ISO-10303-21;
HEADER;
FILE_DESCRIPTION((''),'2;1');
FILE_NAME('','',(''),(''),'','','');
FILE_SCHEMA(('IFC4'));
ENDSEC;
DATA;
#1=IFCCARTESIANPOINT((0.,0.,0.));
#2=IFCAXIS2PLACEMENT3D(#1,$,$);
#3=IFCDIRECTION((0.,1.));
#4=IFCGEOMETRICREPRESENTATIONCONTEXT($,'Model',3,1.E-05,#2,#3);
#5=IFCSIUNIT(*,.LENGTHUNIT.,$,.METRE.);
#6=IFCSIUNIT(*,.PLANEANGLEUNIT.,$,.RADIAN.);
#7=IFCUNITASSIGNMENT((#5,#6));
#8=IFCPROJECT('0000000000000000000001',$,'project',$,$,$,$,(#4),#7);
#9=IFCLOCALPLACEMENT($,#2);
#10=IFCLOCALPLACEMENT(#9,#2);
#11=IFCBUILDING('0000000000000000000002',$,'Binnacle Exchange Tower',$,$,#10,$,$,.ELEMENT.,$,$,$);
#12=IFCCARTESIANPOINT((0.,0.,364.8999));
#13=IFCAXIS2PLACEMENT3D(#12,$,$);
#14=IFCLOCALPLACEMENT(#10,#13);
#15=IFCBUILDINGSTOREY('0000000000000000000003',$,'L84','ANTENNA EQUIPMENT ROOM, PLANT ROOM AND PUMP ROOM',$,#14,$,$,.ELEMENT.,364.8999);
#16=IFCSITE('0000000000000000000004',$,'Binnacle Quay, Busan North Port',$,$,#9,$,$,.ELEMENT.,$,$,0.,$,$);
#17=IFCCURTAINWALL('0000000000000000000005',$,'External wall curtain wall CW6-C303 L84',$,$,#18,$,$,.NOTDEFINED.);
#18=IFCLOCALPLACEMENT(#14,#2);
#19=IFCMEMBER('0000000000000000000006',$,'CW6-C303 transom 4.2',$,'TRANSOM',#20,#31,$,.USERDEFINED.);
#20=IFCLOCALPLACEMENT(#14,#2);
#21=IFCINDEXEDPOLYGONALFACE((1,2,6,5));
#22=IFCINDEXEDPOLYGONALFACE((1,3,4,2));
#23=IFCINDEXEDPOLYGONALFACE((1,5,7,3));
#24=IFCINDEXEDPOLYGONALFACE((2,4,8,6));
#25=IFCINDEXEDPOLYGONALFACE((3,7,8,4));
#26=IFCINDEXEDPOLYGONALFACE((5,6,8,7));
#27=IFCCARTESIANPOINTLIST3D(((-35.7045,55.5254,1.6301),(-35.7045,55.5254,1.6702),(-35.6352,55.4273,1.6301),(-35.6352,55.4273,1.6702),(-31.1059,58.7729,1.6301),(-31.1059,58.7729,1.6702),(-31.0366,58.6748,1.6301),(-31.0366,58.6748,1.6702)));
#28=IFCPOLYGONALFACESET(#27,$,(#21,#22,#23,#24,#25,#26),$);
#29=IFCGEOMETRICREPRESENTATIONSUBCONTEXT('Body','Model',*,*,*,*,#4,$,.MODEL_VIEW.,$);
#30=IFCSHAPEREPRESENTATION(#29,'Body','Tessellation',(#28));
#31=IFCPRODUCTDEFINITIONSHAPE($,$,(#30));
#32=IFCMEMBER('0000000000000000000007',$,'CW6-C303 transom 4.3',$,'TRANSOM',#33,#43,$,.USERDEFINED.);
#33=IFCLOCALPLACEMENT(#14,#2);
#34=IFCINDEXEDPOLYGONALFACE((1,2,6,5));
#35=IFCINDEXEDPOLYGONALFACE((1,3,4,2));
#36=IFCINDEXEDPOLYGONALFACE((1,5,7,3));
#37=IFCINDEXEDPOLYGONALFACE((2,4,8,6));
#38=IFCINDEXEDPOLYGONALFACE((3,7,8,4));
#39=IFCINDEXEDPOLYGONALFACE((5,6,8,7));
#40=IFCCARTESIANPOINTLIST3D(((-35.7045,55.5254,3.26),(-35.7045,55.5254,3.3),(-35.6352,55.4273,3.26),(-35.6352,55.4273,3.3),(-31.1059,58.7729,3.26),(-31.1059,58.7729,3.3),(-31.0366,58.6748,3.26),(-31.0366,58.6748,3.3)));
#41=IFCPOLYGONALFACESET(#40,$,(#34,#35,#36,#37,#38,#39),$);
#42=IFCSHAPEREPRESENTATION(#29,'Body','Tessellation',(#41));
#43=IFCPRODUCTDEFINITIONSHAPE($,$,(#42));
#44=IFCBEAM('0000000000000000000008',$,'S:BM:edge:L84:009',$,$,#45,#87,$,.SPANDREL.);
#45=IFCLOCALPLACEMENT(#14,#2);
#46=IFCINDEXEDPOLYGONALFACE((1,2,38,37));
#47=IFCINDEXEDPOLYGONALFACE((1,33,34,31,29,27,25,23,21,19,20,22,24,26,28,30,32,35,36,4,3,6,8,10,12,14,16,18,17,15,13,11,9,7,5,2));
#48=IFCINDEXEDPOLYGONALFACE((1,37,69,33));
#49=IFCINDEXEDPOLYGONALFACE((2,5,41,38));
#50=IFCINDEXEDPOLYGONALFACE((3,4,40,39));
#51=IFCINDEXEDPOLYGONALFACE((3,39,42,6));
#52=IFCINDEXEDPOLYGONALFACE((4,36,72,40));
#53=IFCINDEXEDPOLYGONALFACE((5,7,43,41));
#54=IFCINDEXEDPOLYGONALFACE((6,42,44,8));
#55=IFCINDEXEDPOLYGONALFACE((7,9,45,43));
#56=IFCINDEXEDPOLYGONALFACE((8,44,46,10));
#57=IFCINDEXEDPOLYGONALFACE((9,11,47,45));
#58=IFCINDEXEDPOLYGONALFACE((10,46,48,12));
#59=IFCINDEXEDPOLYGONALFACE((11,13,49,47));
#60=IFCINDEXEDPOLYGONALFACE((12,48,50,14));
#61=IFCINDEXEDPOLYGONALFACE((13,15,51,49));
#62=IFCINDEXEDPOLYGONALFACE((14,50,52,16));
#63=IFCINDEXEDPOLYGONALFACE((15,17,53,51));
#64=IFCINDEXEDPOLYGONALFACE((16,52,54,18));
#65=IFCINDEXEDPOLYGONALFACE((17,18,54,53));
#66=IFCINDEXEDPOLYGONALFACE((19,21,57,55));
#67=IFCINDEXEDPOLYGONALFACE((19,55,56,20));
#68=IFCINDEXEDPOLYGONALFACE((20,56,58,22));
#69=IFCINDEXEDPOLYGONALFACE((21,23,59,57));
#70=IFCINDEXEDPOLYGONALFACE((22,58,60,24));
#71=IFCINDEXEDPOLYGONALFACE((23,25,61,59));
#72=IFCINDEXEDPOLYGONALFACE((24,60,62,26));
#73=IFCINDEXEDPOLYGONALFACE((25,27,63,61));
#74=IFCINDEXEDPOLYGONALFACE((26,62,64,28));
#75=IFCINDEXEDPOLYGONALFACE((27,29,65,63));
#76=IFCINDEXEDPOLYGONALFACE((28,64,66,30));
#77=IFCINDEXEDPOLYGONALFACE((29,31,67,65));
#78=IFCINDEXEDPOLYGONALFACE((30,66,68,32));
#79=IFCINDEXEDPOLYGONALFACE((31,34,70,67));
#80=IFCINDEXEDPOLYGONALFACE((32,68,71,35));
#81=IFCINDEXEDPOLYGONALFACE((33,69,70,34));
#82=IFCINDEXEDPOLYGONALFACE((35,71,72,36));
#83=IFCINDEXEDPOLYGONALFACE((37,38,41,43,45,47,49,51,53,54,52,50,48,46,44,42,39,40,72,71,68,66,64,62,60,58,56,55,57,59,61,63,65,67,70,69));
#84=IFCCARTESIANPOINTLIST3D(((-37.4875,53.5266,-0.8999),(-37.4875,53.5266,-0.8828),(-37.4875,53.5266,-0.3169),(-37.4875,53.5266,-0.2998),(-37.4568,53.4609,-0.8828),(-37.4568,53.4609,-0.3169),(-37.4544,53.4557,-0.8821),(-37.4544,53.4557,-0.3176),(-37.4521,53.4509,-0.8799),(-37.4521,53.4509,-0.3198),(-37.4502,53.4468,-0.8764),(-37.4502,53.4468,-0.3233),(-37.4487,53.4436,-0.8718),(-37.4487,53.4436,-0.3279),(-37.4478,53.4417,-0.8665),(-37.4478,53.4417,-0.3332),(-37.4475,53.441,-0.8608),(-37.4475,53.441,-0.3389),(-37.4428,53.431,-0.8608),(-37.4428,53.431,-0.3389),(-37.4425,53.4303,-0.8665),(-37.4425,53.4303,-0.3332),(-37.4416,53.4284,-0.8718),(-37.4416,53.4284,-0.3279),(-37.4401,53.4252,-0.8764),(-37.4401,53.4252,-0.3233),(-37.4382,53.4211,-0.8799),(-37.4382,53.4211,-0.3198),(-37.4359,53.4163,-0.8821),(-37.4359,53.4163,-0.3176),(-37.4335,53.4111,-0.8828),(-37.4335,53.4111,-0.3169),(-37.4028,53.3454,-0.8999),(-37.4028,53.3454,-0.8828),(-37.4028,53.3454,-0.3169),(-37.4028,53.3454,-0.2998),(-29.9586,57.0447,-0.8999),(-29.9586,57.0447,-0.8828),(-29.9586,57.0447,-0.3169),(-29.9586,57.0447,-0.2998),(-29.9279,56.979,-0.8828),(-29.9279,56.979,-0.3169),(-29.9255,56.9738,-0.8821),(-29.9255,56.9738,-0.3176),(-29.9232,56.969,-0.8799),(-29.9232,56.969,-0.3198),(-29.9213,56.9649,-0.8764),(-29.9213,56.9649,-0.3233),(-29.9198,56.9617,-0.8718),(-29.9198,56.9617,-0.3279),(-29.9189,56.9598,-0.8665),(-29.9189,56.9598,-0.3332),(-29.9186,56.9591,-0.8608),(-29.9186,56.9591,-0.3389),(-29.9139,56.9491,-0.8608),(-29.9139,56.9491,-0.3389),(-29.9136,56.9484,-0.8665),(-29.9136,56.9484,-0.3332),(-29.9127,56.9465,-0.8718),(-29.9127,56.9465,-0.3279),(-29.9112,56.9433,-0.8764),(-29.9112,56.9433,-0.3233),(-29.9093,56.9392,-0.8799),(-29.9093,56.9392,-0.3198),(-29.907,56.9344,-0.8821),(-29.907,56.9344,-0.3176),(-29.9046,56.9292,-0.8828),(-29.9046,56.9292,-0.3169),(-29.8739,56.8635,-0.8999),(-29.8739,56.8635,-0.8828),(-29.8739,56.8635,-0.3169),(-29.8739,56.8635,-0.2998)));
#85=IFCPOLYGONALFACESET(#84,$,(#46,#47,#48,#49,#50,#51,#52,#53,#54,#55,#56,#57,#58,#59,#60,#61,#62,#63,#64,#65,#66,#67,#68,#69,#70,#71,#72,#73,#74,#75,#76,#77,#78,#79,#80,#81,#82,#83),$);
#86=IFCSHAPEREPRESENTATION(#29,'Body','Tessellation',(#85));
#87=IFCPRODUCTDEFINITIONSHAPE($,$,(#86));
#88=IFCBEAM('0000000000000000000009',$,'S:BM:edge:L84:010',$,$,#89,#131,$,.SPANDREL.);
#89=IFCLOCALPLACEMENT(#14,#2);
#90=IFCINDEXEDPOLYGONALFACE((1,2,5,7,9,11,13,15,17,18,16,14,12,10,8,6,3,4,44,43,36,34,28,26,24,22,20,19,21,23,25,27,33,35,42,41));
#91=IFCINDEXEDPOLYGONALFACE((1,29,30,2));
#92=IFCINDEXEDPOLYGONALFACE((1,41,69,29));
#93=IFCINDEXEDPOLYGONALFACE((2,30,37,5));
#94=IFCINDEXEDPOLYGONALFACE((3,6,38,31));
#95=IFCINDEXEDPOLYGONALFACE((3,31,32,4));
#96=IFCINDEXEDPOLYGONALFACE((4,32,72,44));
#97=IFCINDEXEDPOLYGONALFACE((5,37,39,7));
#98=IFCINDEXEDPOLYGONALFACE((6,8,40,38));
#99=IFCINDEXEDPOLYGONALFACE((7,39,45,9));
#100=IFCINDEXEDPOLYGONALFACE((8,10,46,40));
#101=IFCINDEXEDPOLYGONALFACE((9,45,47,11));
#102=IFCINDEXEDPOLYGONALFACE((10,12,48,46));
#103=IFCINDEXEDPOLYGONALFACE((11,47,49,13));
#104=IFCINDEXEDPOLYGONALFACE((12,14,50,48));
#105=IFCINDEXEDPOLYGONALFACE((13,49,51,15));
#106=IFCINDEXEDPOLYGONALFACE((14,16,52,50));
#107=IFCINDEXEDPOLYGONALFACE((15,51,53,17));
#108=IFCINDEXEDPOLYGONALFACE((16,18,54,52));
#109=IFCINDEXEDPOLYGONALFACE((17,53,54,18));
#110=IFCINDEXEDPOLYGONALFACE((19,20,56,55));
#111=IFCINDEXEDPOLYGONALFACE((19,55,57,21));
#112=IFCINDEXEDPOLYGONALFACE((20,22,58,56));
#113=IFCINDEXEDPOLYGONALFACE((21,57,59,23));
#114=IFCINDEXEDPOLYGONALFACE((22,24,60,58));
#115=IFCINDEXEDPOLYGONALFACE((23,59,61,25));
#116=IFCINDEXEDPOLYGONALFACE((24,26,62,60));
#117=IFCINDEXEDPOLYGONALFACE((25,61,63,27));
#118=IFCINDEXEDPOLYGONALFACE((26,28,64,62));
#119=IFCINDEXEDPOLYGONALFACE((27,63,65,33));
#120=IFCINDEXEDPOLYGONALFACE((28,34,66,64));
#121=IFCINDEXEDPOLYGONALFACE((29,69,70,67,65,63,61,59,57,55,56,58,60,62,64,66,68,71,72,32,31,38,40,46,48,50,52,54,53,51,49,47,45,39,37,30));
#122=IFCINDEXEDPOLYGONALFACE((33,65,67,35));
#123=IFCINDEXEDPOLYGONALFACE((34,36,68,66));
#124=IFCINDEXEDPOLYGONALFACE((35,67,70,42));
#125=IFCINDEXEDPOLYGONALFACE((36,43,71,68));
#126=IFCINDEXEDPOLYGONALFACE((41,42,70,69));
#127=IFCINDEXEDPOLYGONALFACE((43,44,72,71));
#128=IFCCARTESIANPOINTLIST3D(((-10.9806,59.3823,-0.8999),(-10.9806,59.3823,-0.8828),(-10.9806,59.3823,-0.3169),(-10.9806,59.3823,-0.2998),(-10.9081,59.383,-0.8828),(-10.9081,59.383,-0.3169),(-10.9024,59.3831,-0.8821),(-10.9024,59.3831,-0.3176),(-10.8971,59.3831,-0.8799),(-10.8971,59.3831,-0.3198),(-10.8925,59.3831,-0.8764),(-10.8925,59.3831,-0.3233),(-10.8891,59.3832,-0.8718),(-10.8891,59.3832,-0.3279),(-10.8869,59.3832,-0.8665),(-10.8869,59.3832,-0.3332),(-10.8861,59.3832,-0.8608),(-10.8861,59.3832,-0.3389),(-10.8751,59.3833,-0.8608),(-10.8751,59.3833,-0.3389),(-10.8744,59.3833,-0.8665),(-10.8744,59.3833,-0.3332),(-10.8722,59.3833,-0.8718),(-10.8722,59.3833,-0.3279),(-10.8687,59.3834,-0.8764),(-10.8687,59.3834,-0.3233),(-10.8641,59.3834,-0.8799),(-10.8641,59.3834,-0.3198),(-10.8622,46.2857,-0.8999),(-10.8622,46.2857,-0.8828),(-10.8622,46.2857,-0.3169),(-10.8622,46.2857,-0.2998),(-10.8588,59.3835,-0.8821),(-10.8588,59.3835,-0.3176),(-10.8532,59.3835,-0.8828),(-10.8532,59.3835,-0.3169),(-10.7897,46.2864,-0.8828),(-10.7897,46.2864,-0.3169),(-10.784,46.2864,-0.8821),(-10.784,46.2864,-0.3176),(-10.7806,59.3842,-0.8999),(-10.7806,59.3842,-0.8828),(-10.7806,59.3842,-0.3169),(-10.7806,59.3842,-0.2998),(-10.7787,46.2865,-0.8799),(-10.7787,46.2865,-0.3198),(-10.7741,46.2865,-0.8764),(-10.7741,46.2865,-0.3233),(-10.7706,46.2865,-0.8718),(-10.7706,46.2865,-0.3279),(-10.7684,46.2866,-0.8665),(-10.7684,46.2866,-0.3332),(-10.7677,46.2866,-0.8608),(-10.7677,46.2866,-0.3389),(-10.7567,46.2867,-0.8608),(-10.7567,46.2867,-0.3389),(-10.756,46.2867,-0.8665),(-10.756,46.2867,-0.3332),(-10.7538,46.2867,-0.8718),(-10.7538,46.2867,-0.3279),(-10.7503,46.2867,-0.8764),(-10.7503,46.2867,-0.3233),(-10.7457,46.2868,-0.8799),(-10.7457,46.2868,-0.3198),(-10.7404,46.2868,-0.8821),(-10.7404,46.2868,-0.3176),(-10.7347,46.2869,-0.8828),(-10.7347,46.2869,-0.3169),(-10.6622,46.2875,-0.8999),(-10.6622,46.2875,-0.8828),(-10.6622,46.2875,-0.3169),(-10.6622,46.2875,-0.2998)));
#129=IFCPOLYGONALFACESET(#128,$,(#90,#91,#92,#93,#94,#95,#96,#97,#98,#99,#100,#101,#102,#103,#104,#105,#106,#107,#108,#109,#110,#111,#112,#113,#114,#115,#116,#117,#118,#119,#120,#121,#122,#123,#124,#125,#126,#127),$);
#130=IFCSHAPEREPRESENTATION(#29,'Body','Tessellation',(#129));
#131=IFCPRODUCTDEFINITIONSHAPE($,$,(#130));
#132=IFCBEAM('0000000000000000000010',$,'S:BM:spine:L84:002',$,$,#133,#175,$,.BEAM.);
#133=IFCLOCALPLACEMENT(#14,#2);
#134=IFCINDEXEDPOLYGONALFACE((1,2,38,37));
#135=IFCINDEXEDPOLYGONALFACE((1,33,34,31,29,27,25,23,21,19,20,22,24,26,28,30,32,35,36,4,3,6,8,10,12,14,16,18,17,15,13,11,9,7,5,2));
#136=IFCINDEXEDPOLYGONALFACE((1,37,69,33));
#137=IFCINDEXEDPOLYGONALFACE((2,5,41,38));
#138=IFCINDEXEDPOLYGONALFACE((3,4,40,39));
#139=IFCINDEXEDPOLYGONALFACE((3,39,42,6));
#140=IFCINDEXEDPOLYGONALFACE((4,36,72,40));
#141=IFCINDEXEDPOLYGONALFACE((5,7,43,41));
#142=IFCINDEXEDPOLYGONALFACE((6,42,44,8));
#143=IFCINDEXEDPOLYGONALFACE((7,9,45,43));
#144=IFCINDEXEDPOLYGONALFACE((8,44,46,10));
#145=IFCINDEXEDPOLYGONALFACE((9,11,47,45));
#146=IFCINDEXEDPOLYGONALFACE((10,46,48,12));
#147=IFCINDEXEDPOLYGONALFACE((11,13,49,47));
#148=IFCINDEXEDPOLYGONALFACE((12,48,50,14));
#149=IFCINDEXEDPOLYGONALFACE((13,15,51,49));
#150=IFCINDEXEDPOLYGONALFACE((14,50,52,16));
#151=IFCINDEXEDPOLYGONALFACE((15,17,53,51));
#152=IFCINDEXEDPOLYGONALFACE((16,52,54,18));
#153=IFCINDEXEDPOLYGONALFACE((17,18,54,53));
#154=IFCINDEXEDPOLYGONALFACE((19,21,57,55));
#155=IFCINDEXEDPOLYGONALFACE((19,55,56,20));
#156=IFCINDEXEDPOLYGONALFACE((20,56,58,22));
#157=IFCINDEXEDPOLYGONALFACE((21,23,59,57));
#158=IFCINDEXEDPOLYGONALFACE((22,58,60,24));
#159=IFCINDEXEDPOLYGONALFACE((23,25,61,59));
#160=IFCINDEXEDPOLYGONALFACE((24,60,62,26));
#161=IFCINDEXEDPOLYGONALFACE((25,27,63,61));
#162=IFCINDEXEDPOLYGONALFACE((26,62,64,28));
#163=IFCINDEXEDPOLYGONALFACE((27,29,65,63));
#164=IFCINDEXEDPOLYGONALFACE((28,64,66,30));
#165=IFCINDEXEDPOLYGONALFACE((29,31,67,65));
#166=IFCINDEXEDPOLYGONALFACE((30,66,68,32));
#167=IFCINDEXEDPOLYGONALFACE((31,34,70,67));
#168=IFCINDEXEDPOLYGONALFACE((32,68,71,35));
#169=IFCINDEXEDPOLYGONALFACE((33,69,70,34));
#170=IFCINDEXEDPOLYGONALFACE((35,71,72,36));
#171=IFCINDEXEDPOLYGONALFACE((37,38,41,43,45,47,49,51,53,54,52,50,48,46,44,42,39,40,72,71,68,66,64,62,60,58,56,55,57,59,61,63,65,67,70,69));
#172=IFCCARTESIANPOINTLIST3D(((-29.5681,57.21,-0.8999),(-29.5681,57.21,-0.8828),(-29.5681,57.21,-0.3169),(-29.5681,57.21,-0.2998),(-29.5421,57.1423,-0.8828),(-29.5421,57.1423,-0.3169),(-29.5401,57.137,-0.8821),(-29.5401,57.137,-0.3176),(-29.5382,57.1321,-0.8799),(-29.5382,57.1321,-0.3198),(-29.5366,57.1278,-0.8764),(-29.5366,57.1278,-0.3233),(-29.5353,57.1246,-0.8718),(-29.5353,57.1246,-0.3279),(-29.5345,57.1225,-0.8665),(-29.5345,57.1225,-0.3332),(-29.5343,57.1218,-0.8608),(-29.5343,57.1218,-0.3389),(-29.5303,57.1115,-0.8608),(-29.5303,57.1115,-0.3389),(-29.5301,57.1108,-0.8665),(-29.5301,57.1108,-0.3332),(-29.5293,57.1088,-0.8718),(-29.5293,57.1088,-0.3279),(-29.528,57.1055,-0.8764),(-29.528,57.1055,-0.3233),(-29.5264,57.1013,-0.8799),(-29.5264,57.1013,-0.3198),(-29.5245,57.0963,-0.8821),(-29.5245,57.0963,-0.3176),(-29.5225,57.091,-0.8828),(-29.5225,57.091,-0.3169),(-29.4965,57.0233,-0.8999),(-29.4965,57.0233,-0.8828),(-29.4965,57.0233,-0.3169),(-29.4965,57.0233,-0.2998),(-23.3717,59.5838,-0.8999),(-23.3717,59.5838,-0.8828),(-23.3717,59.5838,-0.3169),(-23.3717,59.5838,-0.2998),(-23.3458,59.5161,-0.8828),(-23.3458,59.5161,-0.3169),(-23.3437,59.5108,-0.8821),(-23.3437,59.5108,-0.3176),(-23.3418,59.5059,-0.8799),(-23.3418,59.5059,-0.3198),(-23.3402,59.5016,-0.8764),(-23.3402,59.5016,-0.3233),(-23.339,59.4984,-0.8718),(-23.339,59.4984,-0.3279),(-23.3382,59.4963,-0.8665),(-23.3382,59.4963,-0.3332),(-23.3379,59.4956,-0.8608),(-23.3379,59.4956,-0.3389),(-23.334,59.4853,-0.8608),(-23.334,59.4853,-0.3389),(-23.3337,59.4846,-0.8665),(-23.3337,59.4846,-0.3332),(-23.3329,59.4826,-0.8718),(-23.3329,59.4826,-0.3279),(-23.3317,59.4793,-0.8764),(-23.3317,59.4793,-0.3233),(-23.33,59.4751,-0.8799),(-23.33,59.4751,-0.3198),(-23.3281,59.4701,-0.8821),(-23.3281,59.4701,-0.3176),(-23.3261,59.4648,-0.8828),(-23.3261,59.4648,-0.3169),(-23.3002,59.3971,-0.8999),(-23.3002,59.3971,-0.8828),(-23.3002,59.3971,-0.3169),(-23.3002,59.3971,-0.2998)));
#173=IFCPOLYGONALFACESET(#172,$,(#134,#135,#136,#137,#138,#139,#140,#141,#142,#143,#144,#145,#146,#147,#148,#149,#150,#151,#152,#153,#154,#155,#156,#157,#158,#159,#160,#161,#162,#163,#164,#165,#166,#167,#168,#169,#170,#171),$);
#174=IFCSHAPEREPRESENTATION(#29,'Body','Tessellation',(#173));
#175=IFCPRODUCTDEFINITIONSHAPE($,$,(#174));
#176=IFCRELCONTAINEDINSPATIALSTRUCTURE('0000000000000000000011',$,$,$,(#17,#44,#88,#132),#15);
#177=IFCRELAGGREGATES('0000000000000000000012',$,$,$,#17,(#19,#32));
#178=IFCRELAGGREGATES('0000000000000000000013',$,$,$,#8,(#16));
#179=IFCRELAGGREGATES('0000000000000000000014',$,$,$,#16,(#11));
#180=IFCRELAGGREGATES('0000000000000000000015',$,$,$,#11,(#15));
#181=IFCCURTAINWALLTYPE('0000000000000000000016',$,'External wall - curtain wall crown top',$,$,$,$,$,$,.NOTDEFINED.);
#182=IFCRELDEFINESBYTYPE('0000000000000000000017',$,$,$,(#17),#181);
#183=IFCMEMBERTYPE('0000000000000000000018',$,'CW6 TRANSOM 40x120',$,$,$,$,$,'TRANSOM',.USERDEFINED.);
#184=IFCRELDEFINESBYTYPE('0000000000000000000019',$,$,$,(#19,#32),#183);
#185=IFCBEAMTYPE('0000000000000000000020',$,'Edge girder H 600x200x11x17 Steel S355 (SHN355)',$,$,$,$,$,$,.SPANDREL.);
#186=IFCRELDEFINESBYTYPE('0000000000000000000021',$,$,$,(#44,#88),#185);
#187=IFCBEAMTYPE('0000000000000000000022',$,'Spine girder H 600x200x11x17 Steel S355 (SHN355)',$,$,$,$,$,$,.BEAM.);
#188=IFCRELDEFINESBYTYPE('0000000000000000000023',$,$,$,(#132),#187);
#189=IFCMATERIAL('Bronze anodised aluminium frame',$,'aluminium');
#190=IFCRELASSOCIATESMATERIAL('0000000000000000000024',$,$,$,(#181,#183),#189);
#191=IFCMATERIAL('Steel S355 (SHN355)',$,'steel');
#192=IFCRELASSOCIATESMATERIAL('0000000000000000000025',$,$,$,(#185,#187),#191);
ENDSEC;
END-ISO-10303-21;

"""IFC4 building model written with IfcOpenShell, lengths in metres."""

from ifc_helpers import new_model, si_unit, direction, frame, origin, origin_2d, place, context, subcontext, project, spatial, rectangle, i_section, extrude, material, material_profile, profile_set, type_object, element, aggregate, save


model = new_model("IFC4")

# Units and contexts
model_context = context("Model", 3, precision=1e-05, world=origin(), true_north=direction((0.0, 1.0)))
body_context = subcontext(model_context, "Body", "Model", "MODEL_VIEW")
ifc_project = project(units=[si_unit("LENGTHUNIT", "METRE"), si_unit("PLANEANGLEUNIT", "RADIAN")], contexts=[model_context])

# Site, building, storey
site_placement = place(None, origin())
site = spatial("IfcSite", under=ifc_project, at=site_placement, Name="Binnacle Quay, Busan North Port", CompositionType="ELEMENT", RefElevation=0.0)
building_placement = place(site_placement, origin())
building = spatial("IfcBuilding", under=site, at=building_placement, Name="Binnacle Exchange Tower", CompositionType="ELEMENT")
storey_placement = place(building_placement, frame((0.0, 0.0, 364.8999)))
storey = spatial("IfcBuildingStorey", under=building, at=storey_placement, Name="L84", Description="ANTENNA EQUIPMENT ROOM, PLANT ROOM AND PUMP ROOM", CompositionType="ELEMENT", Elevation=364.8999)

# Shared definitions
ifc_material_1 = material(Name="Steel S355 (SHN355)", Category="steel")

# Curtain wall
ifc_material_2 = material(Name="Bronze anodised aluminium frame", Category="aluminium")
curtain_wall_type = type_object("IfcCurtainWallType", Name="External wall - curtain wall crown top", PredefinedType="NOTDEFINED", material=ifc_material_2)
curtain_wall_1_placement = place(storey_placement, origin())
curtain_wall_1 = element("IfcCurtainWall", 1, at=curtain_wall_1_placement, inside=storey, type_object=curtain_wall_type, Name="External wall curtain wall CW6-C303 L84", PredefinedType="NOTDEFINED")

# Members
ifc_material_profile_1 = material_profile(ifc_material_2, rectangle(XDim=0.1201, YDim=0.04, at=origin_2d()), Name="AL 120x40")
ifc_profile_set_1 = profile_set([ifc_material_profile_1], Name="Bronze anodised aluminium frame")
member_type_1 = type_object("IfcMemberType", Name="CW6 TRANSOM 40x120", ElementType="TRANSOM", PredefinedType="USERDEFINED", material=ifc_profile_set_1)
member_1_placement = place(storey_placement, frame((-31.0713, 58.7239, 1.6501), z_axis=(-0.816845, -0.576857, 0.0), x_axis=(0.576857, -0.816845, 0.0)))
member_1 = element("IfcMember", 2, at=member_1_placement, type_object=member_type_1, Name="CW6-C303 transom 4.2", ObjectType="TRANSOM", PredefinedType="USERDEFINED", context=body_context, shape_type="SweptSolid", body=[
    extrude(rectangle(XDim=0.1201, YDim=0.04, at=origin_2d()), origin(), (0.0, 0.0, 1.0), 5.6296),
])
member_2_placement = place(storey_placement, frame((-31.0713, 58.7239, 3.28), z_axis=(-0.816845, -0.576857, 0.0), x_axis=(0.576857, -0.816845, 0.0)))
member_2 = element("IfcMember", 3, at=member_2_placement, type_object=member_type_1, Name="CW6-C303 transom 4.3", ObjectType="TRANSOM", PredefinedType="USERDEFINED", context=body_context, shape_type="SweptSolid", body=[
    extrude(rectangle(XDim=0.1201, YDim=0.04, at=origin_2d()), origin(), (0.0, 0.0, 1.0), 5.6296),
])

# Beams
ifc_material_profile_2 = material_profile(ifc_material_1, i_section(OverallWidth=0.2, OverallDepth=0.6001, WebThickness=0.011, FlangeThickness=0.0171, FilletRadius=0.022, at=origin_2d()), Name="H 600x200x11x17")
ifc_profile_set_2 = profile_set([ifc_material_profile_2], Name="Steel S355 (SHN355)")
beam_type_1 = type_object("IfcBeamType", Name="Edge girder H 600x200x11x17 Steel S355 (SHN355)", PredefinedType="SPANDREL", material=ifc_profile_set_2)
beam_1_placement = place(storey_placement, frame((-29.9163, 56.9541, -0.5999), z_axis=(-0.90597, -0.423342, 0.0), x_axis=(0.423342, -0.90597, 0.0)))
element("IfcBeam", 4, at=beam_1_placement, inside=storey, type_object=beam_type_1, Name="S:BM:edge:L84:009", PredefinedType="SPANDREL", context=body_context, shape_type="SweptSolid", body=[
    extrude(i_section(OverallWidth=0.2, OverallDepth=0.6001, WebThickness=0.011, FlangeThickness=0.0171, FilletRadius=0.022, at=origin_2d()), origin(), (0.0, 0.0, 1.0), 8.3103),
])
beam_2_placement = place(storey_placement, frame((-10.7622, 46.2866, -0.5999), z_axis=(-0.009041, 0.999959, 0.0), x_axis=(-0.999959, -0.009041, 0.0)))
element("IfcBeam", 5, at=beam_2_placement, inside=storey, type_object=beam_type_1, Name="S:BM:edge:L84:010", PredefinedType="SPANDREL", context=body_context, shape_type="SweptSolid", body=[
    extrude(i_section(OverallWidth=0.2, OverallDepth=0.6001, WebThickness=0.011, FlangeThickness=0.0171, FilletRadius=0.022, at=origin_2d()), origin(), (0.0, 0.0, 1.0), 13.0972),
])
ifc_material_profile_3 = material_profile(ifc_material_1, i_section(OverallWidth=0.2, OverallDepth=0.6001, WebThickness=0.011, FlangeThickness=0.0171, FilletRadius=0.022, at=origin_2d()), Name="H 600x200x11x17")
ifc_profile_set_3 = profile_set([ifc_material_profile_3], Name="Steel S355 (SHN355)")
beam_type_2 = type_object("IfcBeamType", Name="Spine girder H 600x200x11x17 Steel S355 (SHN355)", PredefinedType="BEAM", material=ifc_profile_set_3)
beam_3_placement = place(storey_placement, frame((-23.3359, 59.4905, -0.5999), z_axis=(-0.93382, -0.357744, 0.0), x_axis=(0.357744, -0.93382, 0.0)))
element("IfcBeam", 6, at=beam_3_placement, inside=storey, type_object=beam_type_2, Name="S:BM:spine:L84:002", PredefinedType="BEAM", context=body_context, shape_type="SweptSolid", body=[
    extrude(i_section(OverallWidth=0.2, OverallDepth=0.6001, WebThickness=0.011, FlangeThickness=0.0171, FilletRadius=0.022, at=origin_2d()), origin(), (0.0, 0.0, 1.0), 6.6355),
])

aggregate(curtain_wall_1, [member_1, member_2])

save(model, "model.ifc")
